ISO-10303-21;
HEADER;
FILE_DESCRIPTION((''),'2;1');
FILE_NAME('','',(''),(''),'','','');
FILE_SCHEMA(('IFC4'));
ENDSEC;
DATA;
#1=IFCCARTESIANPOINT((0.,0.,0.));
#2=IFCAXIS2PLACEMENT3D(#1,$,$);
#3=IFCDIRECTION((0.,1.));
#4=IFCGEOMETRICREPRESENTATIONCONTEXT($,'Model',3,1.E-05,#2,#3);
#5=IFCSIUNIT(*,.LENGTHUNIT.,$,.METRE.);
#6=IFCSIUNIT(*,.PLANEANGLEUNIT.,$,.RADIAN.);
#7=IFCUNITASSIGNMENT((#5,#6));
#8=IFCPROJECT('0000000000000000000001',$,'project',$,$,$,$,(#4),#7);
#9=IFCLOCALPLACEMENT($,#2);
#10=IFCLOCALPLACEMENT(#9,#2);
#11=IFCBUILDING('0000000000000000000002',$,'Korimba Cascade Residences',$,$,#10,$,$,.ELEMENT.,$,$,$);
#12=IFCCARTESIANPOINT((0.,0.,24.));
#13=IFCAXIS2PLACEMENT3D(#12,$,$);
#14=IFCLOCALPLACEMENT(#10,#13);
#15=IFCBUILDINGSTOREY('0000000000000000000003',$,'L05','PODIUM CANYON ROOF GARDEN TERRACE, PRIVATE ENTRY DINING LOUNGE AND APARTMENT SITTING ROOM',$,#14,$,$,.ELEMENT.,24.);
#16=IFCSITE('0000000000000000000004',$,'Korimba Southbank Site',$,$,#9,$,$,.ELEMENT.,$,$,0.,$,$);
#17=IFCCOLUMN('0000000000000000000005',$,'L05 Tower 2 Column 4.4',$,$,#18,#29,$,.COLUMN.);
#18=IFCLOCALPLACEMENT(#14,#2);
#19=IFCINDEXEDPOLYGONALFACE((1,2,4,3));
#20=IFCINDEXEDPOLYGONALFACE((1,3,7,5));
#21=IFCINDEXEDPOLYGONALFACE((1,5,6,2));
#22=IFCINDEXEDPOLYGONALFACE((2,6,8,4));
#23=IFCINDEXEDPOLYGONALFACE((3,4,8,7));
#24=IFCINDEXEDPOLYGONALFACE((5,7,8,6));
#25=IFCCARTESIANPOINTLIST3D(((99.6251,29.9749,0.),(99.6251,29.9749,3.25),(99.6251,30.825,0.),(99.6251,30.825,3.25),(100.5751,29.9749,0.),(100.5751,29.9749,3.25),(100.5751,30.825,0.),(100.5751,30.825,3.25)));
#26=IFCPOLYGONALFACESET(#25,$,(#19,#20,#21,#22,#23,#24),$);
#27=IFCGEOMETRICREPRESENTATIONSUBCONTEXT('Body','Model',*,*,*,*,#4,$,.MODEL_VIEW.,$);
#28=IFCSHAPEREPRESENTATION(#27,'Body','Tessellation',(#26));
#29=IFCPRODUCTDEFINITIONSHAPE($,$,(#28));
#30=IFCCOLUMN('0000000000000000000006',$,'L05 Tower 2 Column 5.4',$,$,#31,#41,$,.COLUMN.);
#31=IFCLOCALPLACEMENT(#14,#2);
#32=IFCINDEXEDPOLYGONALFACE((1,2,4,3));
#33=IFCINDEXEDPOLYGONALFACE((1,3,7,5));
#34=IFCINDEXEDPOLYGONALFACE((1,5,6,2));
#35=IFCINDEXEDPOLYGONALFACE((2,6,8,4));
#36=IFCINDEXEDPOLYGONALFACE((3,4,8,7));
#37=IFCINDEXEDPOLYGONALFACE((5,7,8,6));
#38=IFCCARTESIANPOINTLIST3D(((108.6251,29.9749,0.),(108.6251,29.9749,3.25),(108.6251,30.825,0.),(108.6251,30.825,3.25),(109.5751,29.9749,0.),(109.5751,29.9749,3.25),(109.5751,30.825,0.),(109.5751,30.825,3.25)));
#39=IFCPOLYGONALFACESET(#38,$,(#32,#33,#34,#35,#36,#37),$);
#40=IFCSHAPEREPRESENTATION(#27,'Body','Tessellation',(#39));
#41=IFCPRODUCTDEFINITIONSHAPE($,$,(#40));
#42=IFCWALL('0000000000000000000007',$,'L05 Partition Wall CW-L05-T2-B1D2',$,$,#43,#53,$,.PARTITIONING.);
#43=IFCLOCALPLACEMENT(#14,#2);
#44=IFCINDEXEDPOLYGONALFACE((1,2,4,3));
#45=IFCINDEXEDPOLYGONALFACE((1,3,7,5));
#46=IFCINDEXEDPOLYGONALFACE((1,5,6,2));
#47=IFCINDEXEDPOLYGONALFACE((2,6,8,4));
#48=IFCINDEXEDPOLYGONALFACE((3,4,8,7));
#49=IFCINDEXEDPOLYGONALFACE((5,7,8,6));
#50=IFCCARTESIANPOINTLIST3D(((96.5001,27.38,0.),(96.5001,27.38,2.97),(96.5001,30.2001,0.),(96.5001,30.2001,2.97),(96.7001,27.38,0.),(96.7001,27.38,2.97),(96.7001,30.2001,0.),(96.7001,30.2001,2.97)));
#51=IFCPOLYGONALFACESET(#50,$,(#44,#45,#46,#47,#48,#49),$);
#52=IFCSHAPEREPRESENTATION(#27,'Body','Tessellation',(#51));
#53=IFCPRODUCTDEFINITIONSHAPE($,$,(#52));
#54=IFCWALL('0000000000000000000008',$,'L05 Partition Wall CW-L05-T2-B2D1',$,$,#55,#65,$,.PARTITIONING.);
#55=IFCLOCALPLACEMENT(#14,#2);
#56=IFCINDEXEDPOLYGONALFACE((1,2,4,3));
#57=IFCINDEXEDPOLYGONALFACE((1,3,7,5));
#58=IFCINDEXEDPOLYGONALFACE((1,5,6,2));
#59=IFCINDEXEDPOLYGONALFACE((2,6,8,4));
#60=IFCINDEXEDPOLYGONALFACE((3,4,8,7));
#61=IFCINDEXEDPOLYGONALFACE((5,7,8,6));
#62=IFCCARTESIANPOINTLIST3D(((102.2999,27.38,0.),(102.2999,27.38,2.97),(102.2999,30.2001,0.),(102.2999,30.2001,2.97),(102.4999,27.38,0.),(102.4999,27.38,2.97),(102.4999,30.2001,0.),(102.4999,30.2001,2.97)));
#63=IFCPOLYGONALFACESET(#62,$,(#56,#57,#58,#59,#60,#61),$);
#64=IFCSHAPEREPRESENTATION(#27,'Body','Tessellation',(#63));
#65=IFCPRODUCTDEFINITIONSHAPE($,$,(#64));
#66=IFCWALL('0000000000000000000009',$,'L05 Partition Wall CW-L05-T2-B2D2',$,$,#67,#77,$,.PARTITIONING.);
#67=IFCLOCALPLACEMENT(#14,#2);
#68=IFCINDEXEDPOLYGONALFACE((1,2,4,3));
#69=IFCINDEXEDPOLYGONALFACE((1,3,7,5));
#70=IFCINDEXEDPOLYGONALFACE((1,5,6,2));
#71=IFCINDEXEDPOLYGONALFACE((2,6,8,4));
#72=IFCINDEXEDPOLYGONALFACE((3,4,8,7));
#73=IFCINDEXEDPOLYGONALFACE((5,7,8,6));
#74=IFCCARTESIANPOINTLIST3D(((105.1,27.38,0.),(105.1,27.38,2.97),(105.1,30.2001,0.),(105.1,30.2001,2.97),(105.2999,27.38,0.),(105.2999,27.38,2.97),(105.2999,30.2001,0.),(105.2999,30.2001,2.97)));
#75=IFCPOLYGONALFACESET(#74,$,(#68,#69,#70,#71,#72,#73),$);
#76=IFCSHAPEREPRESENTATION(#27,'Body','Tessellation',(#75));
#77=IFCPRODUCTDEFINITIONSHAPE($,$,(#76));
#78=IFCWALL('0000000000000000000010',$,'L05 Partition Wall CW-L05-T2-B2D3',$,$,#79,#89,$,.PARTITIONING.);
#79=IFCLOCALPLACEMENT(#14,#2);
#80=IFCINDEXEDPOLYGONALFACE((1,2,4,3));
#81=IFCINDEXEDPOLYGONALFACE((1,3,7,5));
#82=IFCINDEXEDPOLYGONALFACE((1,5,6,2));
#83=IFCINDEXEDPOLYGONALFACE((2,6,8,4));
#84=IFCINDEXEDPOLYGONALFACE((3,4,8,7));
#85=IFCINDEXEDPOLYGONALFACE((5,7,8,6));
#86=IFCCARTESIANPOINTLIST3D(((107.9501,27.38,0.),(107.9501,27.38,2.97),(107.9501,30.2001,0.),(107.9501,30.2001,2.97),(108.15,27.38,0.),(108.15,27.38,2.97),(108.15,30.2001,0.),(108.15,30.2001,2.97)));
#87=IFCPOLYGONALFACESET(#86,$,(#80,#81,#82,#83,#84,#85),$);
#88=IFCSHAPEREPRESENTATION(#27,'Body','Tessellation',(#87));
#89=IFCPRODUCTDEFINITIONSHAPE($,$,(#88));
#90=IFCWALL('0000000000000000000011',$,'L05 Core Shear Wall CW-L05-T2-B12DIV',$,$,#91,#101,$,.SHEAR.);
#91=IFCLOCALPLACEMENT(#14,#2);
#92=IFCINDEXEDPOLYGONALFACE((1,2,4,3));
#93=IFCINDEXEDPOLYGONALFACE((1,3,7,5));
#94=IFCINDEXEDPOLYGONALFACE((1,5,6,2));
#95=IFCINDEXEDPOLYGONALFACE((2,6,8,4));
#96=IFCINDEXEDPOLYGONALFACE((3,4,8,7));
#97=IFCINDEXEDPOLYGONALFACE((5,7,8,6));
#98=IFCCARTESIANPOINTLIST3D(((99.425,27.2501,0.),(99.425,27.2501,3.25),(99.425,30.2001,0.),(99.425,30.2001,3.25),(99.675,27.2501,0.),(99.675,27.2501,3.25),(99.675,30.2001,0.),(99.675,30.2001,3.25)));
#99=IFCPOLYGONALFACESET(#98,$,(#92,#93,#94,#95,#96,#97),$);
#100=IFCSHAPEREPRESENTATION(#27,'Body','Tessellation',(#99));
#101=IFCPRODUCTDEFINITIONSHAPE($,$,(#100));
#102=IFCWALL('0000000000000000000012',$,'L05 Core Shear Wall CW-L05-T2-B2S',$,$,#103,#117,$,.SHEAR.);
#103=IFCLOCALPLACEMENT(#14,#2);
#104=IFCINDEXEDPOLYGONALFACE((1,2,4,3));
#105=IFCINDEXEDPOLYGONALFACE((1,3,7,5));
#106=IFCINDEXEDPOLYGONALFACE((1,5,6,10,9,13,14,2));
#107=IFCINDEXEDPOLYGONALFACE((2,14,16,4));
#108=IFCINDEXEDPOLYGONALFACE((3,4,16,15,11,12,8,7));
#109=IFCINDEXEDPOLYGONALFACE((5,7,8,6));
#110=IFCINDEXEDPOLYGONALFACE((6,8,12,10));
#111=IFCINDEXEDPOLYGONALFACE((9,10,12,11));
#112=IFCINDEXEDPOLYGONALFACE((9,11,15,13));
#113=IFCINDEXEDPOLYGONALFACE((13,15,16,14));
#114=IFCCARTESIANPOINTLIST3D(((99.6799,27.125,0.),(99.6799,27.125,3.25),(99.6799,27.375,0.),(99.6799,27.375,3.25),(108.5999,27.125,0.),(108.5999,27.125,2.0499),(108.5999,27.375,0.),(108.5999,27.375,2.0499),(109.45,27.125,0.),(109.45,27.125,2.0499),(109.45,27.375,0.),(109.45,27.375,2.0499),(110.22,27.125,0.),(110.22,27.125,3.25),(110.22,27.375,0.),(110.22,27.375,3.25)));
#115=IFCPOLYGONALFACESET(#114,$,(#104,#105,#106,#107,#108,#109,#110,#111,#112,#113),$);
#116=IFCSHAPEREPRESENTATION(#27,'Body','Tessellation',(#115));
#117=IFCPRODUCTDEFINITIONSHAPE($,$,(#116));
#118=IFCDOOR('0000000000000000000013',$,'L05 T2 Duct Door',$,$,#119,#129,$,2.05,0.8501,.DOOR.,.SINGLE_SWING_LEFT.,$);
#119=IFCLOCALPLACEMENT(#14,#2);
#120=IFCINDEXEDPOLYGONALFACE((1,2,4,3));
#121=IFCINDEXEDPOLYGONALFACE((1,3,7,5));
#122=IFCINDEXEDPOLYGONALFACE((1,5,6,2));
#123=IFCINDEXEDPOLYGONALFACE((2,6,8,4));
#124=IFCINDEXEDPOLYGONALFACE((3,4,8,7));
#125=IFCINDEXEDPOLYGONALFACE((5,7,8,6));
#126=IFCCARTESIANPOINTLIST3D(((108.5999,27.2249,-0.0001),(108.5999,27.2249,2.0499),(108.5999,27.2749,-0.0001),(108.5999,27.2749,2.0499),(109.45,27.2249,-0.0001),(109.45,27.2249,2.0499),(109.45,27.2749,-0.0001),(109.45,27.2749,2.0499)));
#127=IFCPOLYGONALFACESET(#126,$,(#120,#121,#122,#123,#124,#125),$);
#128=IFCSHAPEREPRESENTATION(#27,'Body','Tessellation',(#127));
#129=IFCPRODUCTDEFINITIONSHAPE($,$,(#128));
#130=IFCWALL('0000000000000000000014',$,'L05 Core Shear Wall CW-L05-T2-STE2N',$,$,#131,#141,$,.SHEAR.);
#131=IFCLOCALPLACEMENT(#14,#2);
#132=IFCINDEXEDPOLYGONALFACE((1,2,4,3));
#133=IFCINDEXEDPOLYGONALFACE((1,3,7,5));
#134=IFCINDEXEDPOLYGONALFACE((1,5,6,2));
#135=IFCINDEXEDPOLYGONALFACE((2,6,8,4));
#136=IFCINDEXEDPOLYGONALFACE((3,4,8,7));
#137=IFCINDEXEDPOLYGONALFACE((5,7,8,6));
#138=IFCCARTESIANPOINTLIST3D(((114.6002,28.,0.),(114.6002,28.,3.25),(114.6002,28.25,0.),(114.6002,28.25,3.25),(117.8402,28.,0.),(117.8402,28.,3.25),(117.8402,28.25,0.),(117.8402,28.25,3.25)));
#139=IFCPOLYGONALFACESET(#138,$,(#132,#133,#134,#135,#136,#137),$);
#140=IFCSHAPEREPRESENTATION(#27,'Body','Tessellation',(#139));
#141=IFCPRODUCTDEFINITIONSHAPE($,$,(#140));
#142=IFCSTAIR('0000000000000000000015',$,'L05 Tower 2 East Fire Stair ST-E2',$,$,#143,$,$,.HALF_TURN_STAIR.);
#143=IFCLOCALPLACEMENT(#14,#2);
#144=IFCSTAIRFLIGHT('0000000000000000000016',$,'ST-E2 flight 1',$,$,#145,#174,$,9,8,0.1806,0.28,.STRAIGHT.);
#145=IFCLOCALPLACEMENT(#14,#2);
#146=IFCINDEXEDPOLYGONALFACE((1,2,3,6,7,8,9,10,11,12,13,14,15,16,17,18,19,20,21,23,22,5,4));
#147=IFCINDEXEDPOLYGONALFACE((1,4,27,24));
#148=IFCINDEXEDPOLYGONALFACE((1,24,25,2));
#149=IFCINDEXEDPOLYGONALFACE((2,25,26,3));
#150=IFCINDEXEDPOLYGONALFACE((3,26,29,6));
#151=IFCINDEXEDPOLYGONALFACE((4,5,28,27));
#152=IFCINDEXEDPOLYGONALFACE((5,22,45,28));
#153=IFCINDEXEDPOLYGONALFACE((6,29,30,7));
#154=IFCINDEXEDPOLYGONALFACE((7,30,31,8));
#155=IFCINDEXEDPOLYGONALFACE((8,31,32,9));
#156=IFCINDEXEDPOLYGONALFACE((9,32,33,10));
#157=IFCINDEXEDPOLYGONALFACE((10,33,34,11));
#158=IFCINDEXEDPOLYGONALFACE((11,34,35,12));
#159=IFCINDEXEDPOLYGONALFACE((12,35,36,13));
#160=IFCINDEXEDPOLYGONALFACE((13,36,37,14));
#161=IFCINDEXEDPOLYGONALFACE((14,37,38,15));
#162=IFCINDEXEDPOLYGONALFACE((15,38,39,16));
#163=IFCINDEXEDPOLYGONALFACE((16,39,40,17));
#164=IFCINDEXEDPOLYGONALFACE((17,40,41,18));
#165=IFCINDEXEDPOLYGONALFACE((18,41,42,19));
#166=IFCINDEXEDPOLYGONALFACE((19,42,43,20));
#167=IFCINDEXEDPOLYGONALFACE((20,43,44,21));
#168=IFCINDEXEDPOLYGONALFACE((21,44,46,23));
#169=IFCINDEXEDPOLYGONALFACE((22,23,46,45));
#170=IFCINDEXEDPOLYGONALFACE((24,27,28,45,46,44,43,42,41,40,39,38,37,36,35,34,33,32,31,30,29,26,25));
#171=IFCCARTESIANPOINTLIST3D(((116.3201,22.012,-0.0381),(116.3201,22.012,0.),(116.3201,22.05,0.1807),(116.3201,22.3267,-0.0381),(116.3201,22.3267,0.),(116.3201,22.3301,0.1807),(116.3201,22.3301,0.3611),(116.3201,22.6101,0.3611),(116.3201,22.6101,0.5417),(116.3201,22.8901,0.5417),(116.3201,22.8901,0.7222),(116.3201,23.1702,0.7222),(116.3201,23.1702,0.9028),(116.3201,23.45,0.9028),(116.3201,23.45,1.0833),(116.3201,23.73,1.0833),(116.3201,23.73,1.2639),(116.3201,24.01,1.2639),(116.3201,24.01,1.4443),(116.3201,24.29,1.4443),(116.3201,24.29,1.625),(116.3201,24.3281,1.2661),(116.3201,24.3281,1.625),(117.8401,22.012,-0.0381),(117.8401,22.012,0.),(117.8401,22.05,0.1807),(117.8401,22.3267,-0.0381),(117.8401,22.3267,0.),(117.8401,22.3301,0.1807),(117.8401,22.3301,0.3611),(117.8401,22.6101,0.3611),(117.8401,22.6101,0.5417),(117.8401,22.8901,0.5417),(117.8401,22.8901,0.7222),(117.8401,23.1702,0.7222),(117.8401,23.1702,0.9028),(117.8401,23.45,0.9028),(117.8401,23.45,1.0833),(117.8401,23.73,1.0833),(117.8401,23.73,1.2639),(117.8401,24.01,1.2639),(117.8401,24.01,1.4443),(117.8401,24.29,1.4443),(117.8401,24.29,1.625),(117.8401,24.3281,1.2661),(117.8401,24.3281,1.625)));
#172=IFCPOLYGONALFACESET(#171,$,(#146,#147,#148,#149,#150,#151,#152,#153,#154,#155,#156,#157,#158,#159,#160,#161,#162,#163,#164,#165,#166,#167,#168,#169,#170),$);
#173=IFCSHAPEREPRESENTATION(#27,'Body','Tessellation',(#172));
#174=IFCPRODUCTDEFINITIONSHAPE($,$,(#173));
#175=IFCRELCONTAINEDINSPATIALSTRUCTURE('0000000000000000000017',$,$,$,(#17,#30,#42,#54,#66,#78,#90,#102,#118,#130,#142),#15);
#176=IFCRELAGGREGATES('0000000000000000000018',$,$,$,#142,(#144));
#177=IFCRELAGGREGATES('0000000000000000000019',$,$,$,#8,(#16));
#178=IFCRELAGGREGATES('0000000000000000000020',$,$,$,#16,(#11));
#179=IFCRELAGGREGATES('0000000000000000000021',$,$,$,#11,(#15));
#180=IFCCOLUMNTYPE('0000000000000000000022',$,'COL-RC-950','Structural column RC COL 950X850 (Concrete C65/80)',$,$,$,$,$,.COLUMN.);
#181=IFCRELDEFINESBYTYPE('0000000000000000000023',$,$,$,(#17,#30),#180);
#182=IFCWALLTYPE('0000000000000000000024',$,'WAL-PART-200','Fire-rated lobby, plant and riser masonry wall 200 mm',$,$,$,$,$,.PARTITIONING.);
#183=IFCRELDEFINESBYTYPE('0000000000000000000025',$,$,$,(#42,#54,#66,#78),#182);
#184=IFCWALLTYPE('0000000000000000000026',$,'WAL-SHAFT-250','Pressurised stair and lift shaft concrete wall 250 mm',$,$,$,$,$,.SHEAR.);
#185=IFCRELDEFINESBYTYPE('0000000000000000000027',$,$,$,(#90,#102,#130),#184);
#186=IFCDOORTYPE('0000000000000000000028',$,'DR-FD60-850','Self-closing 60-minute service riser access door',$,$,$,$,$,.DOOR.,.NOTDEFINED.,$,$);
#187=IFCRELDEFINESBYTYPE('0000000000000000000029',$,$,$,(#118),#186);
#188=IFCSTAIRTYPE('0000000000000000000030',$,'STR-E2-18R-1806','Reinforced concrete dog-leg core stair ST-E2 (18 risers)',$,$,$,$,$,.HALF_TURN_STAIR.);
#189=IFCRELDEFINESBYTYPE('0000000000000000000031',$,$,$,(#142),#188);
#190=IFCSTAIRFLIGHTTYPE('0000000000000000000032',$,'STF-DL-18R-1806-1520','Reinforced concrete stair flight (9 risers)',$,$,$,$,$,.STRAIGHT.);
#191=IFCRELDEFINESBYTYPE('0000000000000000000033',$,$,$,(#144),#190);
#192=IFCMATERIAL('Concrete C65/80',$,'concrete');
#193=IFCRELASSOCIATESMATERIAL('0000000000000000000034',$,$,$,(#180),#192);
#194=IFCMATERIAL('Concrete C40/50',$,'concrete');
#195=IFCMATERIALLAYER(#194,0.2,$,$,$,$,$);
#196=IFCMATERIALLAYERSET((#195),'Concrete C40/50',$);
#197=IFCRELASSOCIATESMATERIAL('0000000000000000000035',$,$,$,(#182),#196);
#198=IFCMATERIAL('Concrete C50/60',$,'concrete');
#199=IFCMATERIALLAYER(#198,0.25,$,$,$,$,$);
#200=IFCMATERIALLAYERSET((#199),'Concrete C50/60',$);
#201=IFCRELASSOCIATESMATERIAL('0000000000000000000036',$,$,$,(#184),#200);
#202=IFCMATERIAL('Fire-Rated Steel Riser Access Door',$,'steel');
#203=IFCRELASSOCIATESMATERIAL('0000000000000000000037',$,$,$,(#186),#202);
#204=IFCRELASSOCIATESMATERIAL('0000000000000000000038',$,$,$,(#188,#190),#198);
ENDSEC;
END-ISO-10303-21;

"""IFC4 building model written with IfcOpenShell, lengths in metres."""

from ifc_helpers import new_model, si_unit, direction, frame, frame_2d, origin, origin_2d, place, context, subcontext, project, spatial, polyline, rectangle, outline, extrude, material, layer, layer_set, material_profile, profile_set, type_object, element, fill, aggregate, save


model = new_model("IFC4")

# Units and contexts
model_context = context("Model", 3, precision=1e-05, world=origin(), true_north=direction((0.0, 1.0)))
body_context = subcontext(model_context, "Body", "Model", "MODEL_VIEW")
ifc_project = project(units=[si_unit("LENGTHUNIT", "METRE"), si_unit("PLANEANGLEUNIT", "RADIAN")], contexts=[model_context])

# Site, building, storey
site_placement = place(None, origin())
site = spatial("IfcSite", under=ifc_project, at=site_placement, Name="Korimba Southbank Site", CompositionType="ELEMENT", RefElevation=0.0)
building_placement = place(site_placement, origin())
building = spatial("IfcBuilding", under=site, at=building_placement, Name="Korimba Cascade Residences", CompositionType="ELEMENT")
storey_placement = place(building_placement, frame((0.0, 0.0, 24.0)))
storey = spatial("IfcBuildingStorey", under=building, at=storey_placement, Name="L05", Description="PODIUM CANYON ROOF GARDEN TERRACE, PRIVATE ENTRY DINING LOUNGE AND APARTMENT SITTING ROOM", CompositionType="ELEMENT", Elevation=24.0)

# Columns
ifc_material_1 = material(Name="Concrete C65/80", Category="concrete")
ifc_material_profile = material_profile(ifc_material_1, rectangle(XDim=0.95, YDim=0.8501, at=origin_2d()), Name="Concrete C65/80")
ifc_profile_set = profile_set([ifc_material_profile], Name="Concrete C65/80")
column_type = type_object("IfcColumnType", Name="COL-RC-950", Description="Structural column RC COL 950X850 (Concrete C65/80)", PredefinedType="COLUMN", material=ifc_profile_set)
for number, where, z_axis, x_axis, name in (
    (1, (100.1001, 30.3999, 0.0), (0.0, 0.0, 1.0), (1.0, 0.0, 0.0), "L05 Tower 2 Column 4.4"),
    (2, (109.1001, 30.3999, 0.0), (0.0, 0.0, 1.0), (1.0, 0.0, 0.0), "L05 Tower 2 Column 5.4"),
):
    element("IfcColumn", number, at=place(storey_placement, frame(where, z_axis=z_axis, x_axis=x_axis)), inside=storey, type_object=column_type, Name=name, PredefinedType="COLUMN", context=body_context, shape_type="SweptSolid", body=[
        extrude(rectangle(XDim=0.95, YDim=0.8501, at=origin_2d()), origin(), (0.0, 0.0, 1.0), 3.25),
    ])

# Walls
ifc_material_2 = material(Name="Concrete C40/50", Category="concrete")
ifc_layer_1 = layer(ifc_material_2, 0.2)
ifc_layer_set_1 = layer_set([ifc_layer_1], Name="Concrete C40/50")
wall_type_1 = type_object("IfcWallType", Name="WAL-PART-200", Description="Fire-rated lobby, plant and riser masonry wall 200 mm", PredefinedType="PARTITIONING", material=ifc_layer_set_1)
for number, where, z_axis, x_axis, name in (
    (3, (96.6001, 27.3799, 0.0), (0.0, 0.0, 1.0), (0.0, 1.0, 0.0), "L05 Partition Wall CW-L05-T2-B1D2"),
    (4, (102.3999, 27.3799, 0.0), (0.0, 0.0, 1.0), (0.0, 1.0, 0.0), "L05 Partition Wall CW-L05-T2-B2D1"),
    (5, (105.2, 27.3799, 0.0), (0.0, 0.0, 1.0), (0.0, 1.0, 0.0), "L05 Partition Wall CW-L05-T2-B2D2"),
    (6, (108.05, 27.3799, 0.0), (0.0, 0.0, 1.0), (0.0, 1.0, 0.0), "L05 Partition Wall CW-L05-T2-B2D3"),
):
    element("IfcWall", number, at=place(storey_placement, frame(where, z_axis=z_axis, x_axis=x_axis)), inside=storey, type_object=wall_type_1, Name=name, PredefinedType="PARTITIONING", context=body_context, shape_type="SweptSolid", body=[
        extrude(rectangle(XDim=2.8201, YDim=0.2, at=frame_2d((1.4102, 0.0))), origin(), (0.0, 0.0, 1.0), 2.97),
    ])
ifc_material_3 = material(Name="Concrete C50/60", Category="concrete")
ifc_layer_2 = layer(ifc_material_3, 0.25)
ifc_layer_set_2 = layer_set([ifc_layer_2], Name="Concrete C50/60")
wall_type_2 = type_object("IfcWallType", Name="WAL-SHAFT-250", Description="Pressurised stair and lift shaft concrete wall 250 mm", PredefinedType="SHEAR", material=ifc_layer_set_2)
wall_1_placement = place(storey_placement, frame((99.55, 27.25, 0.0), z_axis=(0.0, 0.0, 1.0), x_axis=(0.0, 1.0, 0.0)))
element("IfcWall", 7, at=wall_1_placement, inside=storey, type_object=wall_type_2, Name="L05 Core Shear Wall CW-L05-T2-B12DIV", PredefinedType="SHEAR", context=body_context, shape_type="SweptSolid", body=[
    extrude(rectangle(XDim=2.95, YDim=0.25, at=frame_2d((1.4751, 0.0))), origin(), (0.0, 0.0, 1.0), 3.25),
])

# Wall, opening, door
wall_2_placement = place(storey_placement, frame((99.6799, 27.25, 0.0), z_axis=(0.0, 0.0, 1.0), x_axis=(1.0, 0.0, 0.0)))
wall_2 = element("IfcWall", 8, at=wall_2_placement, inside=storey, type_object=wall_type_2, Name="L05 Core Shear Wall CW-L05-T2-B2S", PredefinedType="SHEAR", context=body_context, shape_type="SweptSolid", body=[
    extrude(rectangle(XDim=10.54, YDim=0.25, at=frame_2d((5.27, 0.0))), origin(), (0.0, 0.0, 1.0), 3.25),
])
opening_placement = place(wall_2_placement, frame((8.9199, 0.0, 0.0)))
opening = element("IfcOpeningElement", 9, at=opening_placement, cuts=wall_2, PredefinedType="OPENING", context=body_context, shape_type="SweptSolid", body=[
    extrude(rectangle(XDim=0.8501, YDim=2.05, at=frame_2d((0.425, 1.0249))), frame((0.0, 0.135, 0.0), z_axis=(0.0, -1.0, 0.0), x_axis=(1.0, 0.0, 0.0)), (0.0, 0.0, 1.0), 0.27),
])
ifc_material_4 = material(Name="Fire-Rated Steel Riser Access Door", Category="steel")
door_type = type_object("IfcDoorType", Name="DR-FD60-850", Description="Self-closing 60-minute service riser access door", OperationType="NOTDEFINED", PredefinedType="DOOR", material=ifc_material_4)
door_placement = place(opening_placement, origin())
door = element("IfcDoor", 10, at=door_placement, inside=storey, type_object=door_type, Name="L05 T2 Duct Door", OperationType="SINGLE_SWING_LEFT", OverallHeight=2.05, OverallWidth=0.8501, PredefinedType="DOOR", context=body_context, shape_type="SweptSolid", body=[
    extrude(rectangle(XDim=0.8501, YDim=2.05, at=frame_2d((0.425, 1.0249))), frame((0.0, 0.0249, 0.0), z_axis=(0.0, -1.0, 0.0), x_axis=(1.0, 0.0, 0.0)), (0.0, 0.0, 1.0), 0.05),
])
fill(opening, door)

# Wall
wall_3_placement = place(storey_placement, frame((114.6001, 28.125, 0.0), z_axis=(0.0, 0.0, 1.0), x_axis=(1.0, 0.0, 0.0)))
element("IfcWall", 11, at=wall_3_placement, inside=storey, type_object=wall_type_2, Name="L05 Core Shear Wall CW-L05-T2-STE2N", PredefinedType="SHEAR", context=body_context, shape_type="SweptSolid", body=[
    extrude(rectangle(XDim=3.24, YDim=0.25, at=frame_2d((1.6201, 0.0))), origin(), (0.0, 0.0, 1.0), 3.25),
])

# Stair, stair flight
stair_type = type_object("IfcStairType", Name="STR-E2-18R-1806", Description="Reinforced concrete dog-leg core stair ST-E2 (18 risers)", PredefinedType="HALF_TURN_STAIR", material=ifc_material_3)
stair_placement = place(storey_placement, origin())
stair = element("IfcStair", 12, at=stair_placement, inside=storey, type_object=stair_type, Name="L05 Tower 2 East Fire Stair ST-E2", PredefinedType="HALF_TURN_STAIR")
stair_flight_type = type_object("IfcStairFlightType", Name="STF-DL-18R-1806-1520", Description="Reinforced concrete stair flight (9 risers)", PredefinedType="STRAIGHT", material=ifc_material_3)
stair_flight_1_placement = place(storey_placement, frame((117.0801, 22.05, 0.0), z_axis=(0.0, 0.0, 1.0), x_axis=(0.0, 1.0, 0.0)))
stair_flight_1 = element("IfcStairFlight", 13, at=stair_flight_1_placement, type_object=stair_flight_type, Name="ST-E2 flight 1", NumberOfRisers=9, NumberOfTreads=8, PredefinedType="STRAIGHT", RiserHeight=0.1806, TreadLength=0.28, context=body_context, shape_type="SweptSolid", body=[
    extrude(outline(polyline([(-0.0381, 0.0), (0.0, 0.1807), (0.28, 0.1807), (0.28, 0.3611), (0.5601, 0.3611), (0.5601, 0.5417), (0.8401, 0.5417), (0.8401, 0.7222), (1.1201, 0.7222), (1.1201, 0.9028), (1.3999, 0.9028), (1.3999, 1.0833), (1.6799, 1.0833), (1.6799, 1.2639), (1.96, 1.2639), (1.96, 1.4443), (2.24, 1.4443), (2.24, 1.625), (2.2781, 1.625), (2.2781, 1.2661), (0.2766, 0.0), (0.2766, -0.0381), (-0.0381, -0.0381), (-0.0381, 0.0)])), frame((0.0, 0.76, 0.0), z_axis=(0.0, -1.0, 0.0), x_axis=(1.0, 0.0, 0.0)), (0.0, 0.0, 1.0), 1.52),
])
aggregate(stair, [stair_flight_1])

save(model, "model.ifc")
